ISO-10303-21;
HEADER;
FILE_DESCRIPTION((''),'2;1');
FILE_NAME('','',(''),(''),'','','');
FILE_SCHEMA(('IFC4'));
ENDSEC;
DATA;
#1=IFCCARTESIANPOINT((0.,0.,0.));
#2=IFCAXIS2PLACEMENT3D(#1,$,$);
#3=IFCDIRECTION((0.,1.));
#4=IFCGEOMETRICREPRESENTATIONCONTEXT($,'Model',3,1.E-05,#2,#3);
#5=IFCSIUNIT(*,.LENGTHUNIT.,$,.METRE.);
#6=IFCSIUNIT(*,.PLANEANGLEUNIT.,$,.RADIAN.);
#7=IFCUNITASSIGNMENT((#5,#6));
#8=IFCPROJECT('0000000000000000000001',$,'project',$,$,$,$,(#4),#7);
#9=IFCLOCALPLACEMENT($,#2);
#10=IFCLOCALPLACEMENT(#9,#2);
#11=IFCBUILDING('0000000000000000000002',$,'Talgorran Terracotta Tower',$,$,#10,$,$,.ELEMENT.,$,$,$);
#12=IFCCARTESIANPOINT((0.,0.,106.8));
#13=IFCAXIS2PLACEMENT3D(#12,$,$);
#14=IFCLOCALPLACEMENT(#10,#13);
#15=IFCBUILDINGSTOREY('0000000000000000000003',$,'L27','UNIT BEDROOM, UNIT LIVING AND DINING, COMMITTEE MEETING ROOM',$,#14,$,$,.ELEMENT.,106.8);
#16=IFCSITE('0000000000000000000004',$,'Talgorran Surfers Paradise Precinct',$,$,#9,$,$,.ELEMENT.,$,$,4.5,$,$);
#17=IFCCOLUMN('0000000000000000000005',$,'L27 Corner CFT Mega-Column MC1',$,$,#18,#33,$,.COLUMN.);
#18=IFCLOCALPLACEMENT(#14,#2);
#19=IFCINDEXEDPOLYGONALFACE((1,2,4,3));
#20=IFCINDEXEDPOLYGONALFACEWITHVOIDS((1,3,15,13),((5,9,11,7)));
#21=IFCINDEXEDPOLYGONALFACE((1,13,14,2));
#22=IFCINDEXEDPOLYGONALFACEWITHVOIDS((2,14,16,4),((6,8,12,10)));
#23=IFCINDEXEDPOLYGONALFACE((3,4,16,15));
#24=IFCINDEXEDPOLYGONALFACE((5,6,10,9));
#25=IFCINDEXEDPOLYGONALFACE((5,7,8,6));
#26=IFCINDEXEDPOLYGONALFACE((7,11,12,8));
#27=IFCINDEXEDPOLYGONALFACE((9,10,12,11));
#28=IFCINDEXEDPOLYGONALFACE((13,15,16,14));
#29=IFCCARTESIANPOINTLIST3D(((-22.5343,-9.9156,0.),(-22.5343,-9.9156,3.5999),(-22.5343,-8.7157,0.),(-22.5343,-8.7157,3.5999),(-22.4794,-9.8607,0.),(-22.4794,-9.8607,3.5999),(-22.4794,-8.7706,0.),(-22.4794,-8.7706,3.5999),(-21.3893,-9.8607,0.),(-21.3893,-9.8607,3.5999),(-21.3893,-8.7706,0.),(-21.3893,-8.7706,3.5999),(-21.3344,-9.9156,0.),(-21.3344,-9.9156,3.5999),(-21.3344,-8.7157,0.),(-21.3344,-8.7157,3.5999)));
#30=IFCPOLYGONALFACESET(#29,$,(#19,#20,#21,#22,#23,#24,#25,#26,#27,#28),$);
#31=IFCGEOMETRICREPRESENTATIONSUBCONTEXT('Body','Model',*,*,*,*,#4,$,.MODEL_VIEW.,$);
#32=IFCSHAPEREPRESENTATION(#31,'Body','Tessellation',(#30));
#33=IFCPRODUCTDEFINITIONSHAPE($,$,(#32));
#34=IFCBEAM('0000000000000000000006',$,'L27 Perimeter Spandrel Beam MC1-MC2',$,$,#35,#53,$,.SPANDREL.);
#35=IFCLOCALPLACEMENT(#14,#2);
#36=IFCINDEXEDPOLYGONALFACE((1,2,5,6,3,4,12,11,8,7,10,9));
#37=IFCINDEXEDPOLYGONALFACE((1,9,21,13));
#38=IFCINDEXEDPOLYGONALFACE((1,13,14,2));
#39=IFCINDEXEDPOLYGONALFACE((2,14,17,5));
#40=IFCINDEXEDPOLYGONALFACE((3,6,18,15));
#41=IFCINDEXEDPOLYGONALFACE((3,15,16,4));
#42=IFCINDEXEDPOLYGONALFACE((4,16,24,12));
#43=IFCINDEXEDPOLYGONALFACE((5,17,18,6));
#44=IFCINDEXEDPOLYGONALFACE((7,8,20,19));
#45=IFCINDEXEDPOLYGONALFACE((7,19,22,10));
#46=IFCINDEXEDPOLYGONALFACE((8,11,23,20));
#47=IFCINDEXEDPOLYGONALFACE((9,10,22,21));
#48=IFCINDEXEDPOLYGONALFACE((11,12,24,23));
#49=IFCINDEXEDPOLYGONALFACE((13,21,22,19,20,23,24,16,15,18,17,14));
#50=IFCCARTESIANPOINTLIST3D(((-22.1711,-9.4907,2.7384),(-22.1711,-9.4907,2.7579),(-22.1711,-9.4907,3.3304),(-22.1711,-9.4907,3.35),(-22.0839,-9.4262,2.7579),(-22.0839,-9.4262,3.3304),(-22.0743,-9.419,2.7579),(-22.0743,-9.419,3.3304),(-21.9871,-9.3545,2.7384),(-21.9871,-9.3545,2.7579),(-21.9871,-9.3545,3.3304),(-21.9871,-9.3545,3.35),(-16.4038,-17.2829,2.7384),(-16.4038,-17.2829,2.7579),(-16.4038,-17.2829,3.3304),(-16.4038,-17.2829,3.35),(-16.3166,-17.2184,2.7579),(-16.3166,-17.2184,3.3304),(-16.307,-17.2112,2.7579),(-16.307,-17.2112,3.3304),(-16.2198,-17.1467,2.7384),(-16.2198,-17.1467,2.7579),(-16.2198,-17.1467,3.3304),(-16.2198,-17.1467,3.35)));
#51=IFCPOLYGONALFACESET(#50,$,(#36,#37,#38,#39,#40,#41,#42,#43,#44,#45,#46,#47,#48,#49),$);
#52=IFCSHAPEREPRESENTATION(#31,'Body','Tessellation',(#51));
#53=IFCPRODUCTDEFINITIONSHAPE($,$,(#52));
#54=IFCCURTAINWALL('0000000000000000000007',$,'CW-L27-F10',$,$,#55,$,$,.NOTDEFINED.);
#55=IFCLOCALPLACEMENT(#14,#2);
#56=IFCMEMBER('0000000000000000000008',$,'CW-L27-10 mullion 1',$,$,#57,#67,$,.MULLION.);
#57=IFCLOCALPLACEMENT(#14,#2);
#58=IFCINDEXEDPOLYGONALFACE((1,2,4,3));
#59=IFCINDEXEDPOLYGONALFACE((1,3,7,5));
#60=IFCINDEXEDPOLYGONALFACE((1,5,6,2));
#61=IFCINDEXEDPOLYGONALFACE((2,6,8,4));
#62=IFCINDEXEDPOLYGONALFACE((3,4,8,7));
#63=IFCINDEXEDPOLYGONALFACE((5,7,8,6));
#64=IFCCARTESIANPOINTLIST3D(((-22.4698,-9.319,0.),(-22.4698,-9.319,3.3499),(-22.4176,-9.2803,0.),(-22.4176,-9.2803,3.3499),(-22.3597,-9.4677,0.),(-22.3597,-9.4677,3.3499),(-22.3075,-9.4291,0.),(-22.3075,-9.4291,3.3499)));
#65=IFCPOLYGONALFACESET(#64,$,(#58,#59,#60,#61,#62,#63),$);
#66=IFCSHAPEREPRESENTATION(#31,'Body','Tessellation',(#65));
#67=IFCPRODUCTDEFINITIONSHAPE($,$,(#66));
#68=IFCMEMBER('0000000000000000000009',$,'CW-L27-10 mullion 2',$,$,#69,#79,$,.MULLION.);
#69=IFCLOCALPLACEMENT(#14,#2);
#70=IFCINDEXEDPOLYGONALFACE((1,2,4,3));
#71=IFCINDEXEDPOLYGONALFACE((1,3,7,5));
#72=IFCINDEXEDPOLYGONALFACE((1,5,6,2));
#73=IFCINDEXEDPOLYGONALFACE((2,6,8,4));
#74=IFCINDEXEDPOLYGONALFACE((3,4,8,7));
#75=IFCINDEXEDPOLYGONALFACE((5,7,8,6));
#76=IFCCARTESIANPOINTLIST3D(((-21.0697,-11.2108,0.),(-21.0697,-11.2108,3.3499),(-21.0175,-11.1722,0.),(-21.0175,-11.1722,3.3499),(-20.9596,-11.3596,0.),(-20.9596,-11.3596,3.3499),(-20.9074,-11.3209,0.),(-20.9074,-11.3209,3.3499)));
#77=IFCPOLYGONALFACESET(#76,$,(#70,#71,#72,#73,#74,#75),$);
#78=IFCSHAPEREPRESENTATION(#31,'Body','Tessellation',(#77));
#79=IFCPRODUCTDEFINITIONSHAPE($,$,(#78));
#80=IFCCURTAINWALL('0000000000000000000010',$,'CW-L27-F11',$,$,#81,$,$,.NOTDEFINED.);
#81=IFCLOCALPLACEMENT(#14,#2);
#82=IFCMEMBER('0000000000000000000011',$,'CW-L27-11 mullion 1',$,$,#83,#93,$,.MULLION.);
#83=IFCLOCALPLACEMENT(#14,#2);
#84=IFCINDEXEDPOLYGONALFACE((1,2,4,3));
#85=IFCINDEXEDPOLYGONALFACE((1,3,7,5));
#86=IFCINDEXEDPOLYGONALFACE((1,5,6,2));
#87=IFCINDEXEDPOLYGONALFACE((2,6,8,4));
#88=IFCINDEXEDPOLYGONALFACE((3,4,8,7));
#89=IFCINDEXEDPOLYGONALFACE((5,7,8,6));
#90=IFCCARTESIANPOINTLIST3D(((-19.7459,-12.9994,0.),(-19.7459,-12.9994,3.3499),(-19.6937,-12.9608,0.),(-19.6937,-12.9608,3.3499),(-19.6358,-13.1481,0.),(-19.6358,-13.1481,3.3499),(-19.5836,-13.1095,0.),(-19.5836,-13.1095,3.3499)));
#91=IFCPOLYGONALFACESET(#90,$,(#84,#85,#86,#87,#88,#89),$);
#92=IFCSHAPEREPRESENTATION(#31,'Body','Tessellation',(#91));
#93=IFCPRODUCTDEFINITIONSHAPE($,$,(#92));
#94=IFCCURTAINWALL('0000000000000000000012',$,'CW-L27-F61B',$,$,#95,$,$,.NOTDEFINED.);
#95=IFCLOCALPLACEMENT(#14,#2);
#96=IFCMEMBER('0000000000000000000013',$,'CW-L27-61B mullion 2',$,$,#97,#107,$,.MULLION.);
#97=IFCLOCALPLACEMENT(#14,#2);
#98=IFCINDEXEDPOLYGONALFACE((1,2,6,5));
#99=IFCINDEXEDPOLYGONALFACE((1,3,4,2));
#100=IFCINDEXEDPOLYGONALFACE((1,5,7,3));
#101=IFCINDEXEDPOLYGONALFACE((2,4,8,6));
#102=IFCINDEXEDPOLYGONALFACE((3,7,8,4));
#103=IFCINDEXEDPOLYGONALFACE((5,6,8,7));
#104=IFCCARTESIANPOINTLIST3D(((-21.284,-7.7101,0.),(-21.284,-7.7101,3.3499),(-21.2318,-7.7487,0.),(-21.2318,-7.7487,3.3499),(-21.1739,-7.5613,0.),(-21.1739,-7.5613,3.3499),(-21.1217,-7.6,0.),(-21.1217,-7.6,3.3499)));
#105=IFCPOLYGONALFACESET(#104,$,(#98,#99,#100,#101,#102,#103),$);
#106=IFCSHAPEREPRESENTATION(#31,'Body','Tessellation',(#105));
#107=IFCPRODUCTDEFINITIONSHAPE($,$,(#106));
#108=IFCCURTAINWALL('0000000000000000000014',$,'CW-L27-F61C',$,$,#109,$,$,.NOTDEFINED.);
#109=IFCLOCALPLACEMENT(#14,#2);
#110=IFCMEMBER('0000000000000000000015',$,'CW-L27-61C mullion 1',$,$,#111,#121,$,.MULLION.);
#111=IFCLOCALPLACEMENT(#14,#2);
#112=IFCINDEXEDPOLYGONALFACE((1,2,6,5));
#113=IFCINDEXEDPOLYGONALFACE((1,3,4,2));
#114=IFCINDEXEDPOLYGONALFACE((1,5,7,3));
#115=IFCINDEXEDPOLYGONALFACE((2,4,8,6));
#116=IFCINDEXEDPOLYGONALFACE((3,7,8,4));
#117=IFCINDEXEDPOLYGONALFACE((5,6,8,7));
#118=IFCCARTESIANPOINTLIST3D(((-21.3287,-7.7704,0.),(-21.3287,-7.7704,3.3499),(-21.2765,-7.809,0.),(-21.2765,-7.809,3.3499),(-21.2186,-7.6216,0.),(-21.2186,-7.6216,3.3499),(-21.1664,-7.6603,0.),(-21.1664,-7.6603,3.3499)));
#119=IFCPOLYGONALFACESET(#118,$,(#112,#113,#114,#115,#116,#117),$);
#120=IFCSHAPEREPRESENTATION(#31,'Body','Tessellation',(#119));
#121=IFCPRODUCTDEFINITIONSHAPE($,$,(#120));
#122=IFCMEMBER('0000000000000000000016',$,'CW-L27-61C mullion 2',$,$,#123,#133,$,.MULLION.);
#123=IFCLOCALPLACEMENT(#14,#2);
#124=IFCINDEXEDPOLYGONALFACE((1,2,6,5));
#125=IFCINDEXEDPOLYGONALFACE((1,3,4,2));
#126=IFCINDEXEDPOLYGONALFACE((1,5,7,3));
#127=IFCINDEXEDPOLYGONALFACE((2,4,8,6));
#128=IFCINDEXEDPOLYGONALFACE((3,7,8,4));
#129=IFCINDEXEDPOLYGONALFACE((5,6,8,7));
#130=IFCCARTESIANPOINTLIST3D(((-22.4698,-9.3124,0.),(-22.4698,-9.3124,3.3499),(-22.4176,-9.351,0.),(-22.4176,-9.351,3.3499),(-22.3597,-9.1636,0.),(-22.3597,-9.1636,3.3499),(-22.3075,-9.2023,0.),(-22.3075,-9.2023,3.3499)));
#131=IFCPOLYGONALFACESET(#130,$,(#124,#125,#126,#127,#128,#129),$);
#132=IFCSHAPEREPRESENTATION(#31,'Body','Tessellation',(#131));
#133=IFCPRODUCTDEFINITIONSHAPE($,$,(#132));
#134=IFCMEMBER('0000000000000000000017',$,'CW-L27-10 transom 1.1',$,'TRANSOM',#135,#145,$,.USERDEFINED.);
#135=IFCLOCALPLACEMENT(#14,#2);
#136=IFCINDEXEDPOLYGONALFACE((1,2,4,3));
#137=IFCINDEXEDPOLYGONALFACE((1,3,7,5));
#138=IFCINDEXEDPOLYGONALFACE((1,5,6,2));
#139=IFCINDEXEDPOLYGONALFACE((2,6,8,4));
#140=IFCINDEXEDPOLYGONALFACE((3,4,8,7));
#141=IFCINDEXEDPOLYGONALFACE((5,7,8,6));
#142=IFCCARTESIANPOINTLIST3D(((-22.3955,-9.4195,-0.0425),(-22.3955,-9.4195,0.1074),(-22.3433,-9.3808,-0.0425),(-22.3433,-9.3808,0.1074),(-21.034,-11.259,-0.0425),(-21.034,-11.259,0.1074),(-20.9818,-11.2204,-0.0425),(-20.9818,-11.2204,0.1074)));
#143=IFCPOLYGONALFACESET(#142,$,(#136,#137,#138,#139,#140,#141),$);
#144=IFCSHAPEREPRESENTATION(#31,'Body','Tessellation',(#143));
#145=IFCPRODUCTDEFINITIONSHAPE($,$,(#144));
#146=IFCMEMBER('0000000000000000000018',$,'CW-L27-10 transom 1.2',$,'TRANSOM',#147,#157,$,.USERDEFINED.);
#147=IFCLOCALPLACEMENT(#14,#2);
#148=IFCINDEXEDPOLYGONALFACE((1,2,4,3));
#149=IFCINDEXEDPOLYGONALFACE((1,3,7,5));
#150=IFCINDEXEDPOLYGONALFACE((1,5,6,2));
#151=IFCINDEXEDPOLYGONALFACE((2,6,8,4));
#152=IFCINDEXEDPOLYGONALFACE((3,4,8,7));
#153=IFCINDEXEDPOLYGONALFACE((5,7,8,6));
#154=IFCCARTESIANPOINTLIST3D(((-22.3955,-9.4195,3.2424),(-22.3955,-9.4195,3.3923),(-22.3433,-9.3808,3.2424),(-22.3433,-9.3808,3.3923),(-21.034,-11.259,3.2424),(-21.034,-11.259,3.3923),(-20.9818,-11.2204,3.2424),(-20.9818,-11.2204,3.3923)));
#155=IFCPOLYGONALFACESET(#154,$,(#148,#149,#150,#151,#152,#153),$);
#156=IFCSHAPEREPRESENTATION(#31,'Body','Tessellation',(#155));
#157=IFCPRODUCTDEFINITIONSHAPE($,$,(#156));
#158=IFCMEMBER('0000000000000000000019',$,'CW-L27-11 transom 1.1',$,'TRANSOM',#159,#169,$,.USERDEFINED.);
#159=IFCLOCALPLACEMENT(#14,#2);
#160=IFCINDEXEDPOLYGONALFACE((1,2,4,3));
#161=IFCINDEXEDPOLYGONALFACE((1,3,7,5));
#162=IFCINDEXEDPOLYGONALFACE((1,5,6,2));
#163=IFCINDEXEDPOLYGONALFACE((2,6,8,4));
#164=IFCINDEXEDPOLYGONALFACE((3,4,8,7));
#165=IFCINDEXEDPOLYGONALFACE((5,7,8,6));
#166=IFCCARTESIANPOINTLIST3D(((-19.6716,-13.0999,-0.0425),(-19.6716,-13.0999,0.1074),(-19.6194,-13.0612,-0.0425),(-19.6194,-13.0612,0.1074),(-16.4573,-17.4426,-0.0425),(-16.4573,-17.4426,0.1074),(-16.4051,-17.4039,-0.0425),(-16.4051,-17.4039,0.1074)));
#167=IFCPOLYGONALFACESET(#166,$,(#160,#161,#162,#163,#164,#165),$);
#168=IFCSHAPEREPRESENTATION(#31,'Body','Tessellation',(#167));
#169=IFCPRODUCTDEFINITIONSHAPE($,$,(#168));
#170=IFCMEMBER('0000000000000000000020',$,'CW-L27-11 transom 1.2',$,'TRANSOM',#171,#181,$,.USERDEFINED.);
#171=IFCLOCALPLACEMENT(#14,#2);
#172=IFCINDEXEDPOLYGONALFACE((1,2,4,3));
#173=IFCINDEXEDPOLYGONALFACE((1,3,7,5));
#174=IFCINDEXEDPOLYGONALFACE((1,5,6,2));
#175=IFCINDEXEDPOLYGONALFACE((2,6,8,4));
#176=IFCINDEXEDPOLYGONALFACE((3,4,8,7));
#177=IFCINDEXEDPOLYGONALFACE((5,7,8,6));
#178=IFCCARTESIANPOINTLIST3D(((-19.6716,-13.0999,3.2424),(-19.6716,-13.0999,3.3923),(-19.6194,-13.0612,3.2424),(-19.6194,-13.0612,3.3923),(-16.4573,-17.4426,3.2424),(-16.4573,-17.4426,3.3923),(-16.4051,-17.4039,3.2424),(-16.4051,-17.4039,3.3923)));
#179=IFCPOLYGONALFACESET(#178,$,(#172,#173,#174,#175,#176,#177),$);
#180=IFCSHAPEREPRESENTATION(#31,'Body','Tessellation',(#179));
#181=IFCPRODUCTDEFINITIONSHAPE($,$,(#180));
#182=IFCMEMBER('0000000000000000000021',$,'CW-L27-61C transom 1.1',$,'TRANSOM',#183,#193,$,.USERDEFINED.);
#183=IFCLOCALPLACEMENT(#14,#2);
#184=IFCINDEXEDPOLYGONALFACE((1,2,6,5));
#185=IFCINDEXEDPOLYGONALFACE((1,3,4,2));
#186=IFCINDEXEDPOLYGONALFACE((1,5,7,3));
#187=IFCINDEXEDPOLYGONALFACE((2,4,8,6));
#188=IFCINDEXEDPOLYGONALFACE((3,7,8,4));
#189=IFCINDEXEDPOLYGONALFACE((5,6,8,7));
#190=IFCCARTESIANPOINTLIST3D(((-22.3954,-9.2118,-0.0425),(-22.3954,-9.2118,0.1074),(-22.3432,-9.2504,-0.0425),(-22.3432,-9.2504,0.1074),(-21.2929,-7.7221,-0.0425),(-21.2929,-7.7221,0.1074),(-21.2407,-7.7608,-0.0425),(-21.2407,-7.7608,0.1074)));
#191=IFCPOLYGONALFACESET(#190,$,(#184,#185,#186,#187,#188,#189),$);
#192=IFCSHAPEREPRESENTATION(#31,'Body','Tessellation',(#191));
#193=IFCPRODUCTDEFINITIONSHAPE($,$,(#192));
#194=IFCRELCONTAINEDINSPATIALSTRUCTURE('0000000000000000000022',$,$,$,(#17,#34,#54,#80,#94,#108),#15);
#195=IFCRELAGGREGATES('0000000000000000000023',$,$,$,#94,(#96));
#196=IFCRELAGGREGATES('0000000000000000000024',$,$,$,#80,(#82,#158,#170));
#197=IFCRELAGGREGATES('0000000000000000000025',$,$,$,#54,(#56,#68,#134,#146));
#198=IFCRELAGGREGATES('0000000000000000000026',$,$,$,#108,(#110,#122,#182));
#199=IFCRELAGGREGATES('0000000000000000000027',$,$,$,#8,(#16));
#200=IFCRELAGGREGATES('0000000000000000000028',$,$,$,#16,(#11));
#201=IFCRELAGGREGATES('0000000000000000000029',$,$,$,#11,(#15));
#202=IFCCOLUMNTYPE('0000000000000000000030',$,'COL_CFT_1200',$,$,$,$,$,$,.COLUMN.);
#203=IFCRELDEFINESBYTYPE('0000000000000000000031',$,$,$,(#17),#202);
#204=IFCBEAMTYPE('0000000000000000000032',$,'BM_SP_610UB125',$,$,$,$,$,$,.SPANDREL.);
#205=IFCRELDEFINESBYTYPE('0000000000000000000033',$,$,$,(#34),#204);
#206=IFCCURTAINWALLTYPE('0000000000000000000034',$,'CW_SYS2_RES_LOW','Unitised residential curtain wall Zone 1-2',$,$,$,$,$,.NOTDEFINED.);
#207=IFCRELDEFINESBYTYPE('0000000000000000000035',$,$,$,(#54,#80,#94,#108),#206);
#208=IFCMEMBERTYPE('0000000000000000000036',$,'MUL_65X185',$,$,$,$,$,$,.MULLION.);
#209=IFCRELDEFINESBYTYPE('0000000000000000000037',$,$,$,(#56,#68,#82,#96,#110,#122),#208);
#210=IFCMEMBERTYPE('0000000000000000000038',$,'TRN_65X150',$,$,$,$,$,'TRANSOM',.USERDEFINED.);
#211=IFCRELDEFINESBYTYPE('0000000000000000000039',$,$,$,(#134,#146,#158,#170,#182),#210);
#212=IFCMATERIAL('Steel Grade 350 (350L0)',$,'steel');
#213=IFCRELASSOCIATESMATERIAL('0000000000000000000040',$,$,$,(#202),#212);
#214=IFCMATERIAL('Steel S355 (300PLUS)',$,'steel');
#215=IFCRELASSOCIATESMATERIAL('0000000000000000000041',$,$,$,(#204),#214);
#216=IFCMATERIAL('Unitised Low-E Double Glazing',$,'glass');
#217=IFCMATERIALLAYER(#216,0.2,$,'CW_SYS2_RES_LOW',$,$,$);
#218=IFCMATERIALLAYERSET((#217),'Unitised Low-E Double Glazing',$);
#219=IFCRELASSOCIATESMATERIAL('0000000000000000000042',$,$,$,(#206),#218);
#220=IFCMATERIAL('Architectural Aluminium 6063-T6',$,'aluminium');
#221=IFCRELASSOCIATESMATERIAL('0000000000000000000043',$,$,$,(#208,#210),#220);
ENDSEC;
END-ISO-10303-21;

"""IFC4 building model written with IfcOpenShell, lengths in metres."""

from ifc_helpers import new_model, si_unit, direction, frame, origin, origin_2d, place, context, subcontext, project, spatial, rectangle, hollow_rectangle, i_section, extrude, material, layer, layer_set, material_profile, profile_set, type_object, element, aggregate, save


model = new_model("IFC4")

# Units and contexts
model_context = context("Model", 3, precision=1e-05, world=origin(), true_north=direction((0.0, 1.0)))
body_context = subcontext(model_context, "Body", "Model", "MODEL_VIEW")
ifc_project = project(units=[si_unit("LENGTHUNIT", "METRE"), si_unit("PLANEANGLEUNIT", "RADIAN")], contexts=[model_context])

# Site, building, storey
site_placement = place(None, origin())
site = spatial("IfcSite", under=ifc_project, at=site_placement, Name="Talgorran Surfers Paradise Precinct", CompositionType="ELEMENT", RefElevation=4.5)
building_placement = place(site_placement, origin())
building = spatial("IfcBuilding", under=site, at=building_placement, Name="Talgorran Terracotta Tower", CompositionType="ELEMENT")
storey_placement = place(building_placement, frame((0.0, 0.0, 106.8)))
storey = spatial("IfcBuildingStorey", under=building, at=storey_placement, Name="L27", Description="UNIT BEDROOM, UNIT LIVING AND DINING, COMMITTEE MEETING ROOM", CompositionType="ELEMENT", Elevation=106.8)

# Column
ifc_material_1 = material(Name="Steel Grade 350 (350L0)", Category="steel")
ifc_material_profile_1 = material_profile(ifc_material_1, hollow_rectangle(XDim=1.2, YDim=1.2, WallThickness=0.0549, at=origin_2d()), Name="CFT1200X1200X55")
ifc_profile_set_1 = profile_set([ifc_material_profile_1], Name="Steel Grade 350 (350L0)")
column_type = type_object("IfcColumnType", Name="COL_CFT_1200", PredefinedType="COLUMN", material=ifc_profile_set_1)
column_placement = place(storey_placement, frame((-21.9343, -9.3157, 0.0), z_axis=(0.0, 0.0, 1.0), x_axis=(1.0, 0.0, 0.0)))
element("IfcColumn", 1, at=column_placement, inside=storey, type_object=column_type, Name="L27 Corner CFT Mega-Column MC1", PredefinedType="COLUMN", context=body_context, shape_type="SweptSolid", body=[
    extrude(hollow_rectangle(XDim=1.2, YDim=1.2, WallThickness=0.0549, at=origin_2d()), origin(), (0.0, 0.0, 1.0), 3.5999),
])

# Beam
ifc_material_2 = material(Name="Steel S355 (300PLUS)", Category="steel")
ifc_material_profile_2 = material_profile(ifc_material_2, i_section(OverallWidth=0.229, OverallDepth=0.6116, WebThickness=0.012, FlangeThickness=0.0195, at=origin_2d()), Name="610UB125")
ifc_profile_set_2 = profile_set([ifc_material_profile_2], Name="Steel S355 (300PLUS)")
beam_type = type_object("IfcBeamType", Name="BM_SP_610UB125", PredefinedType="SPANDREL", material=ifc_profile_set_2)
beam_placement = place(storey_placement, frame((-22.0791, -9.4226, 3.0442), z_axis=(0.594915, -0.803789, 0.0), x_axis=(0.803789, 0.594915, 0.0)))
element("IfcBeam", 2, at=beam_placement, inside=storey, type_object=beam_type, Name="L27 Perimeter Spandrel Beam MC1-MC2", PredefinedType="SPANDREL", context=body_context, shape_type="SweptSolid", body=[
    extrude(i_section(OverallWidth=0.229, OverallDepth=0.6116, WebThickness=0.012, FlangeThickness=0.0195, at=origin_2d()), origin(), (0.0, 0.0, 1.0), 9.6943),
])

# Curtain wall, members
ifc_material_3 = material(Name="Unitised Low-E Double Glazing", Category="glass")
ifc_layer_1 = layer(ifc_material_3, 0.2, Name="CW_SYS2_RES_LOW")
ifc_layer_set_1 = layer_set([ifc_layer_1], Name="Unitised Low-E Double Glazing")
curtain_wall_type = type_object("IfcCurtainWallType", Name="CW_SYS2_RES_LOW", Description="Unitised residential curtain wall Zone 1-2", PredefinedType="NOTDEFINED", material=ifc_layer_set_1)
curtain_wall_1_placement = place(storey_placement, origin())
curtain_wall_1 = element("IfcCurtainWall", 3, at=curtain_wall_1_placement, inside=storey, type_object=curtain_wall_type, Name="CW-L27-F10", PredefinedType="NOTDEFINED")
ifc_material_4 = material(Name="Architectural Aluminium 6063-T6", Category="aluminium")
ifc_material_profile_3 = material_profile(ifc_material_4, rectangle(XDim=0.0649, YDim=0.1851, at=origin_2d()), Name="CWM65X185")
ifc_profile_set_3 = profile_set([ifc_material_profile_3], Name="Architectural Aluminium 6063-T6")
member_type_1 = type_object("IfcMemberType", Name="MUL_65X185", PredefinedType="MULLION", material=ifc_profile_set_3)
member_1_placement = place(storey_placement, frame((-22.3887, -9.374, 0.0), z_axis=(0.0, 0.0, 1.0), x_axis=(0.803784, 0.594921, 0.0)))
member_1 = element("IfcMember", 4, at=member_1_placement, type_object=member_type_1, Name="CW-L27-10 mullion 1", PredefinedType="MULLION", context=body_context, shape_type="SweptSolid", body=[
    extrude(rectangle(XDim=0.0649, YDim=0.1851, at=origin_2d()), origin(), (0.0, 0.0, 1.0), 3.3499),
])
member_2_placement = place(storey_placement, frame((-20.9885, -11.2659, 0.0), z_axis=(0.0, 0.0, 1.0), x_axis=(0.803784, 0.594921, 0.0)))
member_2 = element("IfcMember", 5, at=member_2_placement, type_object=member_type_1, Name="CW-L27-10 mullion 2", PredefinedType="MULLION", context=body_context, shape_type="SweptSolid", body=[
    extrude(rectangle(XDim=0.0649, YDim=0.1851, at=origin_2d()), origin(), (0.0, 0.0, 1.0), 3.3499),
])

# Curtain walls, members
curtain_wall_2_placement = place(storey_placement, origin())
curtain_wall_2 = element("IfcCurtainWall", 6, at=curtain_wall_2_placement, inside=storey, type_object=curtain_wall_type, Name="CW-L27-F11", PredefinedType="NOTDEFINED")
member_3_placement = place(storey_placement, frame((-19.6648, -13.0544, 0.0), z_axis=(0.0, 0.0, 1.0), x_axis=(0.803788, 0.594916, 0.0)))
member_3 = element("IfcMember", 7, at=member_3_placement, type_object=member_type_1, Name="CW-L27-11 mullion 1", PredefinedType="MULLION", context=body_context, shape_type="SweptSolid", body=[
    extrude(rectangle(XDim=0.0649, YDim=0.1851, at=origin_2d()), origin(), (0.0, 0.0, 1.0), 3.3499),
])
curtain_wall_3_placement = place(storey_placement, origin())
curtain_wall_3 = element("IfcCurtainWall", 8, at=curtain_wall_3_placement, inside=storey, type_object=curtain_wall_type, Name="CW-L27-F61B", PredefinedType="NOTDEFINED")
member_4_placement = place(storey_placement, frame((-21.2029, -7.655, 0.0), z_axis=(0.0, 0.0, 1.0), x_axis=(0.803783, -0.594922, 0.0)))
member_4 = element("IfcMember", 9, at=member_4_placement, type_object=member_type_1, Name="CW-L27-61B mullion 2", PredefinedType="MULLION", context=body_context, shape_type="SweptSolid", body=[
    extrude(rectangle(XDim=0.0649, YDim=0.1851, at=origin_2d()), origin(), (0.0, 0.0, 1.0), 3.3499),
])
aggregate(curtain_wall_3, [member_4])

# Curtain wall, members
curtain_wall_4_placement = place(storey_placement, origin())
curtain_wall_4 = element("IfcCurtainWall", 10, at=curtain_wall_4_placement, inside=storey, type_object=curtain_wall_type, Name="CW-L27-F61C", PredefinedType="NOTDEFINED")
member_5_placement = place(storey_placement, frame((-21.2476, -7.7153, 0.0), z_axis=(0.0, 0.0, 1.0), x_axis=(0.803778, -0.59493, 0.0)))
member_5 = element("IfcMember", 11, at=member_5_placement, type_object=member_type_1, Name="CW-L27-61C mullion 1", PredefinedType="MULLION", context=body_context, shape_type="SweptSolid", body=[
    extrude(rectangle(XDim=0.0649, YDim=0.1851, at=origin_2d()), origin(), (0.0, 0.0, 1.0), 3.3499),
])
member_6_placement = place(storey_placement, frame((-22.3887, -9.2573, 0.0), z_axis=(0.0, 0.0, 1.0), x_axis=(0.803778, -0.59493, 0.0)))
member_6 = element("IfcMember", 12, at=member_6_placement, type_object=member_type_1, Name="CW-L27-61C mullion 2", PredefinedType="MULLION", context=body_context, shape_type="SweptSolid", body=[
    extrude(rectangle(XDim=0.0649, YDim=0.1851, at=origin_2d()), origin(), (0.0, 0.0, 1.0), 3.3499),
])

# Members
ifc_material_profile_4 = material_profile(ifc_material_4, rectangle(XDim=0.0649, YDim=0.1499, at=origin_2d()), Name="CWT65X150")
ifc_profile_set_4 = profile_set([ifc_material_profile_4], Name="Architectural Aluminium 6063-T6")
member_type_2 = type_object("IfcMemberType", Name="TRN_65X150", ElementType="TRANSOM", PredefinedType="USERDEFINED", material=ifc_profile_set_4)
member_7_placement = place(storey_placement, frame((-22.3694, -9.4001, 0.0325), z_axis=(0.594919, -0.803786, 0.0), x_axis=(0.803786, 0.594919, 0.0)))
member_7 = element("IfcMember", 13, at=member_7_placement, type_object=member_type_2, Name="CW-L27-10 transom 1.1", ObjectType="TRANSOM", PredefinedType="USERDEFINED", context=body_context, shape_type="SweptSolid", body=[
    extrude(rectangle(XDim=0.0649, YDim=0.1499, at=origin_2d()), origin(), (0.0, 0.0, 1.0), 2.2886),
])
member_8_placement = place(storey_placement, frame((-22.3694, -9.4001, 3.3174), z_axis=(0.594919, -0.803786, 0.0), x_axis=(0.803786, 0.594919, 0.0)))
member_8 = element("IfcMember", 14, at=member_8_placement, type_object=member_type_2, Name="CW-L27-10 transom 1.2", ObjectType="TRANSOM", PredefinedType="USERDEFINED", context=body_context, shape_type="SweptSolid", body=[
    extrude(rectangle(XDim=0.0649, YDim=0.1499, at=origin_2d()), origin(), (0.0, 0.0, 1.0), 2.2886),
])
member_9_placement = place(storey_placement, frame((-19.6455, -13.0806, 0.0325), z_axis=(0.594927, -0.80378, 0.0), x_axis=(0.80378, 0.594927, 0.0)))
member_9 = element("IfcMember", 15, at=member_9_placement, type_object=member_type_2, Name="CW-L27-11 transom 1.1", ObjectType="TRANSOM", PredefinedType="USERDEFINED", context=body_context, shape_type="SweptSolid", body=[
    extrude(rectangle(XDim=0.0649, YDim=0.1499, at=origin_2d()), origin(), (0.0, 0.0, 1.0), 5.4028),
])
member_10_placement = place(storey_placement, frame((-19.6455, -13.0806, 3.3174), z_axis=(0.594927, -0.80378, 0.0), x_axis=(0.80378, 0.594927, 0.0)))
member_10 = element("IfcMember", 16, at=member_10_placement, type_object=member_type_2, Name="CW-L27-11 transom 1.2", ObjectType="TRANSOM", PredefinedType="USERDEFINED", context=body_context, shape_type="SweptSolid", body=[
    extrude(rectangle(XDim=0.0649, YDim=0.1499, at=origin_2d()), origin(), (0.0, 0.0, 1.0), 5.4028),
])
aggregate(curtain_wall_2, [member_3, member_9, member_10])
member_11_placement = place(storey_placement, frame((-21.2668, -7.7415, 0.0325), z_axis=(-0.594887, -0.803809, 0.0), x_axis=(0.803809, -0.594887, 0.0)))
member_11 = element("IfcMember", 17, at=member_11_placement, type_object=member_type_2, Name="CW-L27-61C transom 1.1", ObjectType="TRANSOM", PredefinedType="USERDEFINED", context=body_context, shape_type="SweptSolid", body=[
    extrude(rectangle(XDim=0.0649, YDim=0.1499, at=origin_2d()), origin(), (0.0, 0.0, 1.0), 1.8533),
])

aggregate(curtain_wall_1, [member_1, member_2, member_7, member_8])
aggregate(curtain_wall_4, [member_5, member_6, member_11])

save(model, "model.ifc")
